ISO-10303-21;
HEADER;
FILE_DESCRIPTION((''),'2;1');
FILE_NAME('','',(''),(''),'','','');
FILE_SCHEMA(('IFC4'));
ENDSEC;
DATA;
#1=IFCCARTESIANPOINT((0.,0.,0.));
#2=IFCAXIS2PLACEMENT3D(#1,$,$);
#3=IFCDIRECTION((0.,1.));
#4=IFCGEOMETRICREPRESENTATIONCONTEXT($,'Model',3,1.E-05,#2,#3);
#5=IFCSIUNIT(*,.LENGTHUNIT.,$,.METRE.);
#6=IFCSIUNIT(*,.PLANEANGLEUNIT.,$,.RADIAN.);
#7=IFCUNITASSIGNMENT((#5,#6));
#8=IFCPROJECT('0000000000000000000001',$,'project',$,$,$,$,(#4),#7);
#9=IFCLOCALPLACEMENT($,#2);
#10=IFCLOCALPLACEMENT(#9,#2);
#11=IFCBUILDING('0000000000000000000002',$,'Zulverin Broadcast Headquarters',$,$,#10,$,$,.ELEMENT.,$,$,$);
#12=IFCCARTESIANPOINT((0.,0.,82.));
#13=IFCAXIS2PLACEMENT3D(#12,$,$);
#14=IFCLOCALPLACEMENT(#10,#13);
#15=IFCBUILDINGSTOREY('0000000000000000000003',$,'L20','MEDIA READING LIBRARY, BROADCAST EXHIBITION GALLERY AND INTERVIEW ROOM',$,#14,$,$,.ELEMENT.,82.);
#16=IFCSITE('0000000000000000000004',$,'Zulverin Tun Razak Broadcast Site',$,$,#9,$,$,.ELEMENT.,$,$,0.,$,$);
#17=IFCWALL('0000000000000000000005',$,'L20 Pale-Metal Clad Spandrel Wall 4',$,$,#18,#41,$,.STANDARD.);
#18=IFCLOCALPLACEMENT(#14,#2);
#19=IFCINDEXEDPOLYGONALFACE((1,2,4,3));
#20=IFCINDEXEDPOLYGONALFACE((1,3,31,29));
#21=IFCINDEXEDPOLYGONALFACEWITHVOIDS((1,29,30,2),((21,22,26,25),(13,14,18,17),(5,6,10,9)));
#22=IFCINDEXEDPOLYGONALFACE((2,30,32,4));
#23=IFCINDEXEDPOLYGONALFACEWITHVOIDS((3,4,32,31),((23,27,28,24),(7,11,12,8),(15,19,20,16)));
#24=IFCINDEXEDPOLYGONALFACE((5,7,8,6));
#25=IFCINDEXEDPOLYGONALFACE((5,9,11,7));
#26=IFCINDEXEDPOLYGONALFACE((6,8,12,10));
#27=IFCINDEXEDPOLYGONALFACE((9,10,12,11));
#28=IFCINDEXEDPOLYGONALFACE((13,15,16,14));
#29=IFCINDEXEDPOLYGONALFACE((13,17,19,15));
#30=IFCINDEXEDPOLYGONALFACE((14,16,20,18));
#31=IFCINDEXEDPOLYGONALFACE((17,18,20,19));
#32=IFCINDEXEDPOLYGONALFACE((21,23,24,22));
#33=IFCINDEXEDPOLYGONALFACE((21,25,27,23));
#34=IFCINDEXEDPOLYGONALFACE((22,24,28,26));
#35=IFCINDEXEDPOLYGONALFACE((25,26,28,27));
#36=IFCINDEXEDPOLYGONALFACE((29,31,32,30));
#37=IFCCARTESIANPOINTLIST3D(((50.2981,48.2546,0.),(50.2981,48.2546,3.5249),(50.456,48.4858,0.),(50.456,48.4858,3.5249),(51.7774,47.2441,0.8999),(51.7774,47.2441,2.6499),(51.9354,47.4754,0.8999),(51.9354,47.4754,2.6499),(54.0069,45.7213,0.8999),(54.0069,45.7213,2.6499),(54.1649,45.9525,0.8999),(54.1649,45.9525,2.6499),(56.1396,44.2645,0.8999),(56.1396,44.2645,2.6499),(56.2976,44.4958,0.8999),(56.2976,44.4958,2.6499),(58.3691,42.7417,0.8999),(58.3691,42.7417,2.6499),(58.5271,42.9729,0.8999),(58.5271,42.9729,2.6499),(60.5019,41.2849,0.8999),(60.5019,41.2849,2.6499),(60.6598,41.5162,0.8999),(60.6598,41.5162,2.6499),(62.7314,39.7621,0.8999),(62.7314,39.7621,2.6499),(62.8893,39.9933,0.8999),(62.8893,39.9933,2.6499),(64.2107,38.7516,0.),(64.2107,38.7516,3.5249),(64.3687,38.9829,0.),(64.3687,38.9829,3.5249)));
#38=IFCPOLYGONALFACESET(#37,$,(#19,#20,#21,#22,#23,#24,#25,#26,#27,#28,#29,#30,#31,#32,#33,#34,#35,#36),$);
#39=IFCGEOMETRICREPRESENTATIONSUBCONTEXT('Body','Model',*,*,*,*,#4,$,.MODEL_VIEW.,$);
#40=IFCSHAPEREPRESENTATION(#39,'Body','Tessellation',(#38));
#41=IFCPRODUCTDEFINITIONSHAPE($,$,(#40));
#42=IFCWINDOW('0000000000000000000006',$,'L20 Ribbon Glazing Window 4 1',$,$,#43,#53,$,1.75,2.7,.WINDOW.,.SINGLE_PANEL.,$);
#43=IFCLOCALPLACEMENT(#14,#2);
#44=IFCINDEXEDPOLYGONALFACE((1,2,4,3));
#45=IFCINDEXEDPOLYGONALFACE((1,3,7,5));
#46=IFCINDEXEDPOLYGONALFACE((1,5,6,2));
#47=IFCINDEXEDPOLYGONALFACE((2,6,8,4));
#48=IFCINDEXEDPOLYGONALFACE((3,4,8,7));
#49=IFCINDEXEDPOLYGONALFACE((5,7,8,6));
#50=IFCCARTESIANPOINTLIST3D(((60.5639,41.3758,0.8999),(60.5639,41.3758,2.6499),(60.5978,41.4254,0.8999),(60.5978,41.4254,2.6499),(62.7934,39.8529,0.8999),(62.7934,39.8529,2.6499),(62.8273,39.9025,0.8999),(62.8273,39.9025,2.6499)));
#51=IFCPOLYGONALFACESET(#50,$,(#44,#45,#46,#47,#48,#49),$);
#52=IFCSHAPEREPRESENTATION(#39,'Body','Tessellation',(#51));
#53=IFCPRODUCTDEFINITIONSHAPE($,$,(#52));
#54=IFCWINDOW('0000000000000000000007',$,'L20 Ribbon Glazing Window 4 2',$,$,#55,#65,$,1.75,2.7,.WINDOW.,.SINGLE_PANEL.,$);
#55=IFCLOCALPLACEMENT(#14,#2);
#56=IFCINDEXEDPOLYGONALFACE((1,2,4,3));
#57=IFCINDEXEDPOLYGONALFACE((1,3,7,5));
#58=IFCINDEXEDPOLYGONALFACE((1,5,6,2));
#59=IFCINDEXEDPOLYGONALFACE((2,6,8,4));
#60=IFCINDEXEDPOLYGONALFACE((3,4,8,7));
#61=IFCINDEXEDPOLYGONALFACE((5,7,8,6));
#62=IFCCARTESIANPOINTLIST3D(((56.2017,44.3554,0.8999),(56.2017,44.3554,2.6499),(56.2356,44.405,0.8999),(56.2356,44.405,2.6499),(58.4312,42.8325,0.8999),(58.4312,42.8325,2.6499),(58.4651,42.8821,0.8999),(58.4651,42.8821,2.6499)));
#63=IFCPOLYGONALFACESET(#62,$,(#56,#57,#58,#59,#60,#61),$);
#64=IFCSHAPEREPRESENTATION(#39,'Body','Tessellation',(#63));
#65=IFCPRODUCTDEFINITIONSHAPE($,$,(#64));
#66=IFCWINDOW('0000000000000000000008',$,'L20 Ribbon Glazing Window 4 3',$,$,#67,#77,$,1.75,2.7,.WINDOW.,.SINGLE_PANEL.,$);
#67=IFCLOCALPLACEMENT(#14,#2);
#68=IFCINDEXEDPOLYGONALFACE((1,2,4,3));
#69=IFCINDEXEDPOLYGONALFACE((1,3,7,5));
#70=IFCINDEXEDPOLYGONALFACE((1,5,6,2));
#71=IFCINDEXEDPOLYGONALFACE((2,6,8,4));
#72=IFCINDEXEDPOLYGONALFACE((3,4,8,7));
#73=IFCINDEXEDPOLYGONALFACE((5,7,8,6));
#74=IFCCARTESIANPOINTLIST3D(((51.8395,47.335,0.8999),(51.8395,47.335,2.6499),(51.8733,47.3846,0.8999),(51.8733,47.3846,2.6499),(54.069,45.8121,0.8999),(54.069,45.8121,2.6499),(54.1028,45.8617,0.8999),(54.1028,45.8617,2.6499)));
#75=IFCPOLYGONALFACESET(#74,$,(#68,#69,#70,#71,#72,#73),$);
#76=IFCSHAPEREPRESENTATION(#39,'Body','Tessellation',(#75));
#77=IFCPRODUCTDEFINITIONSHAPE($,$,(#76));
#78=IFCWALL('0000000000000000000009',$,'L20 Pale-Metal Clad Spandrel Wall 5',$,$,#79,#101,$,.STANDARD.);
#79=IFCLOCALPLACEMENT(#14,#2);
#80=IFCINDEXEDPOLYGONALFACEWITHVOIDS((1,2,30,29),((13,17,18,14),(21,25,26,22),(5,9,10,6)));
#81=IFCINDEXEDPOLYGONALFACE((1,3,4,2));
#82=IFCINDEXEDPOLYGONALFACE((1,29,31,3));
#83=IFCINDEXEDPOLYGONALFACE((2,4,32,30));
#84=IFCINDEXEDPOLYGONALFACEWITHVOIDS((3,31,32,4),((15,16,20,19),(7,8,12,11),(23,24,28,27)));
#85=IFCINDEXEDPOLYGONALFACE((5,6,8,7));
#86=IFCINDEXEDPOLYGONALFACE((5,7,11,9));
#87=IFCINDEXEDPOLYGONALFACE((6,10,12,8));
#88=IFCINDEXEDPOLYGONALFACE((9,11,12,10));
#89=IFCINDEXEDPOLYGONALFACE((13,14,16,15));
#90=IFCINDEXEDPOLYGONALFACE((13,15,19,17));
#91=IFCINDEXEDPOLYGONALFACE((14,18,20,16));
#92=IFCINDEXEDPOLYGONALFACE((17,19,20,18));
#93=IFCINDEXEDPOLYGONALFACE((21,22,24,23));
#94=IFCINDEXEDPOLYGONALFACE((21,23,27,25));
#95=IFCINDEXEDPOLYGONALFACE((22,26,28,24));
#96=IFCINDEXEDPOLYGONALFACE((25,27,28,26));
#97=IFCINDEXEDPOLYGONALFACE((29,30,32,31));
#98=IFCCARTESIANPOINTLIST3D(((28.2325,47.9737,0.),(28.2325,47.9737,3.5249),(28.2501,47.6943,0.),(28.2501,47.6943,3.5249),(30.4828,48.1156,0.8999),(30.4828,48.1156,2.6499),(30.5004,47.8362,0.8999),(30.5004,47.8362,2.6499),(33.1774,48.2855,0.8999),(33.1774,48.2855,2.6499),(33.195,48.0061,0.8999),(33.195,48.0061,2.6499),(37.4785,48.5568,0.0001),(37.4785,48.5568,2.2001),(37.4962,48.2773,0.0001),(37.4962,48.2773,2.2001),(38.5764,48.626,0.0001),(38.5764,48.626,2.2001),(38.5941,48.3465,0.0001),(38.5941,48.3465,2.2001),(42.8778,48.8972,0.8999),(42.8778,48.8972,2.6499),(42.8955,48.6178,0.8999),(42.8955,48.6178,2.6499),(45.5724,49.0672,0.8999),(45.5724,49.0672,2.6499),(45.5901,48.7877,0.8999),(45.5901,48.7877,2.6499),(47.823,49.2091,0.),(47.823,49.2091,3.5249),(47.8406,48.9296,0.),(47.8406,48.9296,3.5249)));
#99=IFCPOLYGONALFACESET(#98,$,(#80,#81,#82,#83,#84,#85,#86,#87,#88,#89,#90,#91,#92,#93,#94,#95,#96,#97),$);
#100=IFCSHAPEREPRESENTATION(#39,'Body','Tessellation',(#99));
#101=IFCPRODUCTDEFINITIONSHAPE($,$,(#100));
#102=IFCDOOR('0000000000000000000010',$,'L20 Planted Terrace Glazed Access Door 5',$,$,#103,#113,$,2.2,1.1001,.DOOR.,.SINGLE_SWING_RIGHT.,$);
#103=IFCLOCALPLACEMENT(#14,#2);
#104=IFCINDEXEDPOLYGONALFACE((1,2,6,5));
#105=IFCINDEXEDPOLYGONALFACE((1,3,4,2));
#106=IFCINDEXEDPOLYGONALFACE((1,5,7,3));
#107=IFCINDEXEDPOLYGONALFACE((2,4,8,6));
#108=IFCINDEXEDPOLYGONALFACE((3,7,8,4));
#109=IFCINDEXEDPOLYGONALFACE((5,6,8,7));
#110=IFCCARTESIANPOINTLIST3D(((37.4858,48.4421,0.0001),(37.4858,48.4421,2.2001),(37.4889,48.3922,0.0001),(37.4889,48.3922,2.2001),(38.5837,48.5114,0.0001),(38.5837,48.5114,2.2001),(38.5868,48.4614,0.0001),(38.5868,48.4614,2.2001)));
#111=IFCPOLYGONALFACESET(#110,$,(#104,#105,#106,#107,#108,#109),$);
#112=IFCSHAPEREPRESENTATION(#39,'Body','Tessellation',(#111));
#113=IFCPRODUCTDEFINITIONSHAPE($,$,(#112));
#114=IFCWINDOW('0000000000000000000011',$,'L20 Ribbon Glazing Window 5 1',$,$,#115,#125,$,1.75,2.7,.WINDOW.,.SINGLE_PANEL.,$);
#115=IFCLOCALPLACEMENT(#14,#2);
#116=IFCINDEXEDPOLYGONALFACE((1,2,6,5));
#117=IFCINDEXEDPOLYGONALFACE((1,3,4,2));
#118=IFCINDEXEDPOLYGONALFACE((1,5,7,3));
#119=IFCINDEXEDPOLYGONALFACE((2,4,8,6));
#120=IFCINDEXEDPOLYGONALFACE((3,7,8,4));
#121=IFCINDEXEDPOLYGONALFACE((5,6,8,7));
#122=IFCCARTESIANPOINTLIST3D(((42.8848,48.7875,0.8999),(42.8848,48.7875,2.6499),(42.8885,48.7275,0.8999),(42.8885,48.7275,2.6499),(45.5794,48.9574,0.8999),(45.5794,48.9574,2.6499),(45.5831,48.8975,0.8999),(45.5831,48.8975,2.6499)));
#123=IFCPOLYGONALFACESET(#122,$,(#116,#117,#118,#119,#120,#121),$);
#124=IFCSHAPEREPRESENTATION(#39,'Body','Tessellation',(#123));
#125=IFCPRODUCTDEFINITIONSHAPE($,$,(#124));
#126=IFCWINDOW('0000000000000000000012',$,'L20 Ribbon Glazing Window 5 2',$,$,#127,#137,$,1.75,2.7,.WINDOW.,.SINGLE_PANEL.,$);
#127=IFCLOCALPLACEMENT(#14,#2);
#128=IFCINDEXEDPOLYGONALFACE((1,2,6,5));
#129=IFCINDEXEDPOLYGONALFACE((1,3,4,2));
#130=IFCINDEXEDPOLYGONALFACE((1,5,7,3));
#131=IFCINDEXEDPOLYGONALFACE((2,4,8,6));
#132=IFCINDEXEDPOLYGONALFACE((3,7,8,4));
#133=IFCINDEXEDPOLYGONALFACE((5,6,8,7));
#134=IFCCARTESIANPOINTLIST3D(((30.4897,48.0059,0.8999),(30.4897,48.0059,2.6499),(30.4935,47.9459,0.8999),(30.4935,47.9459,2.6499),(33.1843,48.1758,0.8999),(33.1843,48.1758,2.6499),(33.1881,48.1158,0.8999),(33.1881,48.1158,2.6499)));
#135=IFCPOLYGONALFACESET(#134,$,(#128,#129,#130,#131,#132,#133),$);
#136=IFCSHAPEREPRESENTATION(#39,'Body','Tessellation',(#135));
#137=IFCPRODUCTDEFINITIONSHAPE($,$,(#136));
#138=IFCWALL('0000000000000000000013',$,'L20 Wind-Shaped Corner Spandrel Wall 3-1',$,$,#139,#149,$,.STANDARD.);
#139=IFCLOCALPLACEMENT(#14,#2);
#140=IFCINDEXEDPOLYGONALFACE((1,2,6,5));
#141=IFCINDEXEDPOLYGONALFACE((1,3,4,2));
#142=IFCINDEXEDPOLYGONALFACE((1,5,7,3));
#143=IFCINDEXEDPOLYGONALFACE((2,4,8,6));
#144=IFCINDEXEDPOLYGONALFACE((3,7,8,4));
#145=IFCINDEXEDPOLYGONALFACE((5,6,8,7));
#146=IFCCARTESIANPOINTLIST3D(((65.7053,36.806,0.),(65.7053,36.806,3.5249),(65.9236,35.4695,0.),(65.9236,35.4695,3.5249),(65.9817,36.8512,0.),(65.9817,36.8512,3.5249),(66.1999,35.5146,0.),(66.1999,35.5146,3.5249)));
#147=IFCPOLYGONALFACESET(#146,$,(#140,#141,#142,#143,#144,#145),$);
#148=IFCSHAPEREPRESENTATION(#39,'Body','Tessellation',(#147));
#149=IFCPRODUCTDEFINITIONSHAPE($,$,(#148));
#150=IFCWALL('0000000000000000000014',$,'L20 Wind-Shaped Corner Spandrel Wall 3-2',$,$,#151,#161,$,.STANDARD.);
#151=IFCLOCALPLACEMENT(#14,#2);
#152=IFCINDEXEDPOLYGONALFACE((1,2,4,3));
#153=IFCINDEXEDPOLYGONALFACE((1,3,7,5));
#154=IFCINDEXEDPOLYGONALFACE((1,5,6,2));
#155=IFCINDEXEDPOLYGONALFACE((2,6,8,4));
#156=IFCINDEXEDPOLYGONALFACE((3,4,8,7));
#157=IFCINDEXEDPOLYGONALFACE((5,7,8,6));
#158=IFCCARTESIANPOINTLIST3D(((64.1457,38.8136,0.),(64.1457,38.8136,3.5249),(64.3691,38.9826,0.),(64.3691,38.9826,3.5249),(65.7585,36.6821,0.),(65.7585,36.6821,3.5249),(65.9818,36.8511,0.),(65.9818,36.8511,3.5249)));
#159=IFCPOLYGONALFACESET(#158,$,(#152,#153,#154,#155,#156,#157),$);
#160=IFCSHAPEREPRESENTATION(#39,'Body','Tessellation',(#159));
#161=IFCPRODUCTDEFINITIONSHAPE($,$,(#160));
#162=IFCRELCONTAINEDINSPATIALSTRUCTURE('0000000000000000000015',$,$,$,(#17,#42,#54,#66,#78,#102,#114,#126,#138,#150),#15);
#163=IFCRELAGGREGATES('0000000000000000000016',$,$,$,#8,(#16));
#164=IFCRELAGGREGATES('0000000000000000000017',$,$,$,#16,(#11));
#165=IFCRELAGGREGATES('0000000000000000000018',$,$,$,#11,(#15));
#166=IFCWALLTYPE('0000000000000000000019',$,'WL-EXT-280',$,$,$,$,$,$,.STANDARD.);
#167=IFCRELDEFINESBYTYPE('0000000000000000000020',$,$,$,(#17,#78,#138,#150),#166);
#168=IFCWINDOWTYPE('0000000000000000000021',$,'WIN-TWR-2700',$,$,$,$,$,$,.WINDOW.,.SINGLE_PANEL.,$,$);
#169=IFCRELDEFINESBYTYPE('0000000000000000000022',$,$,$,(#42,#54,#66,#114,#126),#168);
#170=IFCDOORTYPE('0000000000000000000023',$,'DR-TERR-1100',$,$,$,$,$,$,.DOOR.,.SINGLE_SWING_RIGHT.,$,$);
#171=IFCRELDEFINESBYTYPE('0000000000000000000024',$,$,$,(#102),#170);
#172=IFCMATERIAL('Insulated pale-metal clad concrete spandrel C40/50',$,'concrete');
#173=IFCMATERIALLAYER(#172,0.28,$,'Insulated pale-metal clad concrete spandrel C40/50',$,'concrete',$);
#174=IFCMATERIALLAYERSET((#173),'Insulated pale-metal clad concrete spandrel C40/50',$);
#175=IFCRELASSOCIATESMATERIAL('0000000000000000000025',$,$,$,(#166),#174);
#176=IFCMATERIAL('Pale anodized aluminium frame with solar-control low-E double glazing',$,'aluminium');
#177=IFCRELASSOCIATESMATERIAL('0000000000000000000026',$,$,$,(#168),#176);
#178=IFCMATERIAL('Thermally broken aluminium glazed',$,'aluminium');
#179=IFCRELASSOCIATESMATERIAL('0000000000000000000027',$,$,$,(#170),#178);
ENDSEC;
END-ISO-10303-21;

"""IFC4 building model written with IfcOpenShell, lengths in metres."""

from ifc_helpers import new_model, si_unit, direction, frame, frame_2d, origin, place, context, subcontext, project, spatial, rectangle, extrude, material, layer, layer_set, type_object, element, fill, save


model = new_model("IFC4")

# Units and contexts
model_context = context("Model", 3, precision=1e-05, world=origin(), true_north=direction((0.0, 1.0)))
body_context = subcontext(model_context, "Body", "Model", "MODEL_VIEW")
ifc_project = project(units=[si_unit("LENGTHUNIT", "METRE"), si_unit("PLANEANGLEUNIT", "RADIAN")], contexts=[model_context])

# Site, building, storey
site_placement = place(None, origin())
site = spatial("IfcSite", under=ifc_project, at=site_placement, Name="Zulverin Tun Razak Broadcast Site", CompositionType="ELEMENT", RefElevation=0.0)
building_placement = place(site_placement, origin())
building = spatial("IfcBuilding", under=site, at=building_placement, Name="Zulverin Broadcast Headquarters", CompositionType="ELEMENT")
storey_placement = place(building_placement, frame((0.0, 0.0, 82.0)))
storey = spatial("IfcBuildingStorey", under=building, at=storey_placement, Name="L20", Description="MEDIA READING LIBRARY, BROADCAST EXHIBITION GALLERY AND INTERVIEW ROOM", CompositionType="ELEMENT", Elevation=82.0)

# Wall, openings, windows
ifc_material_1 = material(Name="Insulated pale-metal clad concrete spandrel C40/50", Category="concrete")
ifc_layer_1 = layer(ifc_material_1, 0.28, Name="Insulated pale-metal clad concrete spandrel C40/50", Category="concrete")
ifc_layer_set_1 = layer_set([ifc_layer_1], Name="Insulated pale-metal clad concrete spandrel C40/50")
wall_type = type_object("IfcWallType", Name="WL-EXT-280", PredefinedType="STANDARD", material=ifc_layer_set_1)
wall_1_placement = place(storey_placement, frame((64.2898, 38.8672, 0.0), z_axis=(0.0, 0.0, 1.0), x_axis=(-0.825756, 0.564028, 0.0)))
wall_1 = element("IfcWall", 1, at=wall_1_placement, inside=storey, type_object=wall_type, Name="L20 Pale-Metal Clad Spandrel Wall 4", PredefinedType="STANDARD", context=body_context, shape_type="SweptSolid", body=[
    extrude(rectangle(XDim=16.8484, YDim=0.28, at=frame_2d((8.4243, 0.0))), origin(), (0.0, 0.0, 1.0), 3.5249),
])
opening_1_placement = place(wall_1_placement, frame((1.7915, 0.0, 0.8999)))
opening_1 = element("IfcOpeningElement", 2, at=opening_1_placement, cuts=wall_1, PredefinedType="OPENING", context=body_context, shape_type="SweptSolid", body=[
    extrude(rectangle(XDim=2.7, YDim=1.75, at=frame_2d((1.3501, 0.875))), frame((0.0, 0.1499, 0.0), z_axis=(0.0, -1.0, 0.0), x_axis=(1.0, 0.0, 0.0)), (0.0, 0.0, 1.0), 0.3),
])
opening_2_placement = place(wall_1_placement, frame((7.0742, 0.0, 0.8999)))
opening_2 = element("IfcOpeningElement", 3, at=opening_2_placement, cuts=wall_1, PredefinedType="OPENING", context=body_context, shape_type="SweptSolid", body=[
    extrude(rectangle(XDim=2.7, YDim=1.75, at=frame_2d((1.3501, 0.875))), frame((0.0, 0.1499, 0.0), z_axis=(0.0, -1.0, 0.0), x_axis=(1.0, 0.0, 0.0)), (0.0, 0.0, 1.0), 0.3),
])
opening_3_placement = place(wall_1_placement, frame((12.3569, 0.0, 0.8999)))
opening_3 = element("IfcOpeningElement", 4, at=opening_3_placement, cuts=wall_1, PredefinedType="OPENING", context=body_context, shape_type="SweptSolid", body=[
    extrude(rectangle(XDim=2.7, YDim=1.75, at=frame_2d((1.3501, 0.875))), frame((0.0, 0.1499, 0.0), z_axis=(0.0, -1.0, 0.0), x_axis=(1.0, 0.0, 0.0)), (0.0, 0.0, 1.0), 0.3),
])
ifc_material_2 = material(Name="Pale anodized aluminium frame with solar-control low-E double glazing", Category="aluminium")
window_type = type_object("IfcWindowType", Name="WIN-TWR-2700", PartitioningType="SINGLE_PANEL", PredefinedType="WINDOW", material=ifc_material_2)
window_1_placement = place(opening_1_placement, origin())
window_1 = element("IfcWindow", 5, at=window_1_placement, inside=storey, type_object=window_type, Name="L20 Ribbon Glazing Window 4 1", OverallHeight=1.75, OverallWidth=2.7, PartitioningType="SINGLE_PANEL", PredefinedType="WINDOW", context=body_context, shape_type="SweptSolid", body=[
    extrude(rectangle(XDim=2.7, YDim=1.75, at=frame_2d((1.3501, 0.875))), frame((0.0, 0.03, 0.0), z_axis=(0.0, -1.0, 0.0), x_axis=(1.0, 0.0, 0.0)), (0.0, 0.0, 1.0), 0.0601),
])
fill(opening_1, window_1)
window_2_placement = place(opening_2_placement, origin())
window_2 = element("IfcWindow", 6, at=window_2_placement, inside=storey, type_object=window_type, Name="L20 Ribbon Glazing Window 4 2", OverallHeight=1.75, OverallWidth=2.7, PartitioningType="SINGLE_PANEL", PredefinedType="WINDOW", context=body_context, shape_type="SweptSolid", body=[
    extrude(rectangle(XDim=2.7, YDim=1.75, at=frame_2d((1.3501, 0.875))), frame((0.0, 0.03, 0.0), z_axis=(0.0, -1.0, 0.0), x_axis=(1.0, 0.0, 0.0)), (0.0, 0.0, 1.0), 0.0601),
])
fill(opening_2, window_2)
window_3_placement = place(opening_3_placement, origin())
window_3 = element("IfcWindow", 7, at=window_3_placement, inside=storey, type_object=window_type, Name="L20 Ribbon Glazing Window 4 3", OverallHeight=1.75, OverallWidth=2.7, PartitioningType="SINGLE_PANEL", PredefinedType="WINDOW", context=body_context, shape_type="SweptSolid", body=[
    extrude(rectangle(XDim=2.7, YDim=1.75, at=frame_2d((1.3501, 0.875))), frame((0.0, 0.03, 0.0), z_axis=(0.0, -1.0, 0.0), x_axis=(1.0, 0.0, 0.0)), (0.0, 0.0, 1.0), 0.0601),
])
fill(opening_3, window_3)

# Wall, openings, door, windows
wall_2_placement = place(storey_placement, frame((47.8318, 49.0693, 0.0), z_axis=(0.0, 0.0, 1.0), x_axis=(-0.998018, -0.062933, 0.0)))
wall_2 = element("IfcWall", 8, at=wall_2_placement, inside=storey, type_object=wall_type, Name="L20 Pale-Metal Clad Spandrel Wall 5", PredefinedType="STANDARD", context=body_context, shape_type="SweptSolid", body=[
    extrude(rectangle(XDim=19.6294, YDim=0.28, at=frame_2d((9.8147, 0.0))), origin(), (0.0, 0.0, 1.0), 3.5249),
])
opening_4_placement = place(wall_2_placement, frame((9.2649, 0.0, 0.0)))
opening_4 = element("IfcOpeningElement", 9, at=opening_4_placement, cuts=wall_2, PredefinedType="OPENING", context=body_context, shape_type="SweptSolid", body=[
    extrude(rectangle(XDim=1.1001, YDim=2.2, at=frame_2d((0.55, 1.1001))), frame((0.0, 0.1499, 0.0), z_axis=(0.0, -1.0, 0.0), x_axis=(1.0, 0.0, 0.0)), (0.0, 0.0, 1.0), 0.3),
])
opening_5_placement = place(wall_2_placement, frame((2.2549, 0.0, 0.8999)))
opening_5 = element("IfcOpeningElement", 10, at=opening_5_placement, cuts=wall_2, PredefinedType="OPENING", context=body_context, shape_type="SweptSolid", body=[
    extrude(rectangle(XDim=2.7, YDim=1.75, at=frame_2d((1.3501, 0.875))), frame((0.0, 0.1499, 0.0), z_axis=(0.0, -1.0, 0.0), x_axis=(1.0, 0.0, 0.0)), (0.0, 0.0, 1.0), 0.3),
])
opening_6_placement = place(wall_2_placement, frame((14.6746, 0.0, 0.8999)))
opening_6 = element("IfcOpeningElement", 11, at=opening_6_placement, cuts=wall_2, PredefinedType="OPENING", context=body_context, shape_type="SweptSolid", body=[
    extrude(rectangle(XDim=2.7, YDim=1.75, at=frame_2d((1.3501, 0.875))), frame((0.0, 0.1499, 0.0), z_axis=(0.0, -1.0, 0.0), x_axis=(1.0, 0.0, 0.0)), (0.0, 0.0, 1.0), 0.3),
])
ifc_material_3 = material(Name="Thermally broken aluminium glazed", Category="aluminium")
door_type = type_object("IfcDoorType", Name="DR-TERR-1100", OperationType="SINGLE_SWING_RIGHT", PredefinedType="DOOR", material=ifc_material_3)
door_placement = place(opening_4_placement, origin())
door = element("IfcDoor", 12, at=door_placement, inside=storey, type_object=door_type, Name="L20 Planted Terrace Glazed Access Door 5", OperationType="SINGLE_SWING_RIGHT", OverallHeight=2.2, OverallWidth=1.1001, PredefinedType="DOOR", context=body_context, shape_type="SweptSolid", body=[
    extrude(rectangle(XDim=1.1001, YDim=2.2, at=frame_2d((0.55, 1.1001))), frame((0.0, 0.0249, 0.0), z_axis=(0.0, -1.0, 0.0), x_axis=(1.0, 0.0, 0.0)), (0.0, 0.0, 1.0), 0.05),
])
fill(opening_4, door)
window_4_placement = place(opening_5_placement, origin())
window_4 = element("IfcWindow", 13, at=window_4_placement, inside=storey, type_object=window_type, Name="L20 Ribbon Glazing Window 5 1", OverallHeight=1.75, OverallWidth=2.7, PartitioningType="SINGLE_PANEL", PredefinedType="WINDOW", context=body_context, shape_type="SweptSolid", body=[
    extrude(rectangle(XDim=2.7, YDim=1.75, at=frame_2d((1.3501, 0.875))), frame((0.0, 0.03, 0.0), z_axis=(0.0, -1.0, 0.0), x_axis=(1.0, 0.0, 0.0)), (0.0, 0.0, 1.0), 0.0601),
])
fill(opening_5, window_4)
window_5_placement = place(opening_6_placement, origin())
window_5 = element("IfcWindow", 14, at=window_5_placement, inside=storey, type_object=window_type, Name="L20 Ribbon Glazing Window 5 2", OverallHeight=1.75, OverallWidth=2.7, PartitioningType="SINGLE_PANEL", PredefinedType="WINDOW", context=body_context, shape_type="SweptSolid", body=[
    extrude(rectangle(XDim=2.7, YDim=1.75, at=frame_2d((1.3501, 0.875))), frame((0.0, 0.03, 0.0), z_axis=(0.0, -1.0, 0.0), x_axis=(1.0, 0.0, 0.0)), (0.0, 0.0, 1.0), 0.0601),
])
fill(opening_6, window_5)

# Walls
wall_3_placement = place(storey_placement, frame((66.0618, 35.4919, 0.0), z_axis=(0.0, 0.0, 1.0), x_axis=(-0.161182, 0.986925, 0.0)))
element("IfcWall", 15, at=wall_3_placement, inside=storey, type_object=wall_type, Name="L20 Wind-Shaped Corner Spandrel Wall 3-1", PredefinedType="STANDARD", context=body_context, shape_type="SweptSolid", body=[
    extrude(rectangle(XDim=1.3542, YDim=0.28, at=frame_2d((0.6772, 0.0))), origin(), (0.0, 0.0, 1.0), 3.5249),
])
wall_4_placement = place(storey_placement, frame((65.8701, 36.7666, 0.0), z_axis=(0.0, 0.0, 1.0), x_axis=(-0.60337, 0.797461, 0.0)))
element("IfcWall", 16, at=wall_4_placement, inside=storey, type_object=wall_type, Name="L20 Wind-Shaped Corner Spandrel Wall 3-2", PredefinedType="STANDARD", context=body_context, shape_type="SweptSolid", body=[
    extrude(rectangle(XDim=2.6729, YDim=0.28, at=frame_2d((1.3364, 0.0))), origin(), (0.0, 0.0, 1.0), 3.5249),
])

save(model, "model.ifc")
